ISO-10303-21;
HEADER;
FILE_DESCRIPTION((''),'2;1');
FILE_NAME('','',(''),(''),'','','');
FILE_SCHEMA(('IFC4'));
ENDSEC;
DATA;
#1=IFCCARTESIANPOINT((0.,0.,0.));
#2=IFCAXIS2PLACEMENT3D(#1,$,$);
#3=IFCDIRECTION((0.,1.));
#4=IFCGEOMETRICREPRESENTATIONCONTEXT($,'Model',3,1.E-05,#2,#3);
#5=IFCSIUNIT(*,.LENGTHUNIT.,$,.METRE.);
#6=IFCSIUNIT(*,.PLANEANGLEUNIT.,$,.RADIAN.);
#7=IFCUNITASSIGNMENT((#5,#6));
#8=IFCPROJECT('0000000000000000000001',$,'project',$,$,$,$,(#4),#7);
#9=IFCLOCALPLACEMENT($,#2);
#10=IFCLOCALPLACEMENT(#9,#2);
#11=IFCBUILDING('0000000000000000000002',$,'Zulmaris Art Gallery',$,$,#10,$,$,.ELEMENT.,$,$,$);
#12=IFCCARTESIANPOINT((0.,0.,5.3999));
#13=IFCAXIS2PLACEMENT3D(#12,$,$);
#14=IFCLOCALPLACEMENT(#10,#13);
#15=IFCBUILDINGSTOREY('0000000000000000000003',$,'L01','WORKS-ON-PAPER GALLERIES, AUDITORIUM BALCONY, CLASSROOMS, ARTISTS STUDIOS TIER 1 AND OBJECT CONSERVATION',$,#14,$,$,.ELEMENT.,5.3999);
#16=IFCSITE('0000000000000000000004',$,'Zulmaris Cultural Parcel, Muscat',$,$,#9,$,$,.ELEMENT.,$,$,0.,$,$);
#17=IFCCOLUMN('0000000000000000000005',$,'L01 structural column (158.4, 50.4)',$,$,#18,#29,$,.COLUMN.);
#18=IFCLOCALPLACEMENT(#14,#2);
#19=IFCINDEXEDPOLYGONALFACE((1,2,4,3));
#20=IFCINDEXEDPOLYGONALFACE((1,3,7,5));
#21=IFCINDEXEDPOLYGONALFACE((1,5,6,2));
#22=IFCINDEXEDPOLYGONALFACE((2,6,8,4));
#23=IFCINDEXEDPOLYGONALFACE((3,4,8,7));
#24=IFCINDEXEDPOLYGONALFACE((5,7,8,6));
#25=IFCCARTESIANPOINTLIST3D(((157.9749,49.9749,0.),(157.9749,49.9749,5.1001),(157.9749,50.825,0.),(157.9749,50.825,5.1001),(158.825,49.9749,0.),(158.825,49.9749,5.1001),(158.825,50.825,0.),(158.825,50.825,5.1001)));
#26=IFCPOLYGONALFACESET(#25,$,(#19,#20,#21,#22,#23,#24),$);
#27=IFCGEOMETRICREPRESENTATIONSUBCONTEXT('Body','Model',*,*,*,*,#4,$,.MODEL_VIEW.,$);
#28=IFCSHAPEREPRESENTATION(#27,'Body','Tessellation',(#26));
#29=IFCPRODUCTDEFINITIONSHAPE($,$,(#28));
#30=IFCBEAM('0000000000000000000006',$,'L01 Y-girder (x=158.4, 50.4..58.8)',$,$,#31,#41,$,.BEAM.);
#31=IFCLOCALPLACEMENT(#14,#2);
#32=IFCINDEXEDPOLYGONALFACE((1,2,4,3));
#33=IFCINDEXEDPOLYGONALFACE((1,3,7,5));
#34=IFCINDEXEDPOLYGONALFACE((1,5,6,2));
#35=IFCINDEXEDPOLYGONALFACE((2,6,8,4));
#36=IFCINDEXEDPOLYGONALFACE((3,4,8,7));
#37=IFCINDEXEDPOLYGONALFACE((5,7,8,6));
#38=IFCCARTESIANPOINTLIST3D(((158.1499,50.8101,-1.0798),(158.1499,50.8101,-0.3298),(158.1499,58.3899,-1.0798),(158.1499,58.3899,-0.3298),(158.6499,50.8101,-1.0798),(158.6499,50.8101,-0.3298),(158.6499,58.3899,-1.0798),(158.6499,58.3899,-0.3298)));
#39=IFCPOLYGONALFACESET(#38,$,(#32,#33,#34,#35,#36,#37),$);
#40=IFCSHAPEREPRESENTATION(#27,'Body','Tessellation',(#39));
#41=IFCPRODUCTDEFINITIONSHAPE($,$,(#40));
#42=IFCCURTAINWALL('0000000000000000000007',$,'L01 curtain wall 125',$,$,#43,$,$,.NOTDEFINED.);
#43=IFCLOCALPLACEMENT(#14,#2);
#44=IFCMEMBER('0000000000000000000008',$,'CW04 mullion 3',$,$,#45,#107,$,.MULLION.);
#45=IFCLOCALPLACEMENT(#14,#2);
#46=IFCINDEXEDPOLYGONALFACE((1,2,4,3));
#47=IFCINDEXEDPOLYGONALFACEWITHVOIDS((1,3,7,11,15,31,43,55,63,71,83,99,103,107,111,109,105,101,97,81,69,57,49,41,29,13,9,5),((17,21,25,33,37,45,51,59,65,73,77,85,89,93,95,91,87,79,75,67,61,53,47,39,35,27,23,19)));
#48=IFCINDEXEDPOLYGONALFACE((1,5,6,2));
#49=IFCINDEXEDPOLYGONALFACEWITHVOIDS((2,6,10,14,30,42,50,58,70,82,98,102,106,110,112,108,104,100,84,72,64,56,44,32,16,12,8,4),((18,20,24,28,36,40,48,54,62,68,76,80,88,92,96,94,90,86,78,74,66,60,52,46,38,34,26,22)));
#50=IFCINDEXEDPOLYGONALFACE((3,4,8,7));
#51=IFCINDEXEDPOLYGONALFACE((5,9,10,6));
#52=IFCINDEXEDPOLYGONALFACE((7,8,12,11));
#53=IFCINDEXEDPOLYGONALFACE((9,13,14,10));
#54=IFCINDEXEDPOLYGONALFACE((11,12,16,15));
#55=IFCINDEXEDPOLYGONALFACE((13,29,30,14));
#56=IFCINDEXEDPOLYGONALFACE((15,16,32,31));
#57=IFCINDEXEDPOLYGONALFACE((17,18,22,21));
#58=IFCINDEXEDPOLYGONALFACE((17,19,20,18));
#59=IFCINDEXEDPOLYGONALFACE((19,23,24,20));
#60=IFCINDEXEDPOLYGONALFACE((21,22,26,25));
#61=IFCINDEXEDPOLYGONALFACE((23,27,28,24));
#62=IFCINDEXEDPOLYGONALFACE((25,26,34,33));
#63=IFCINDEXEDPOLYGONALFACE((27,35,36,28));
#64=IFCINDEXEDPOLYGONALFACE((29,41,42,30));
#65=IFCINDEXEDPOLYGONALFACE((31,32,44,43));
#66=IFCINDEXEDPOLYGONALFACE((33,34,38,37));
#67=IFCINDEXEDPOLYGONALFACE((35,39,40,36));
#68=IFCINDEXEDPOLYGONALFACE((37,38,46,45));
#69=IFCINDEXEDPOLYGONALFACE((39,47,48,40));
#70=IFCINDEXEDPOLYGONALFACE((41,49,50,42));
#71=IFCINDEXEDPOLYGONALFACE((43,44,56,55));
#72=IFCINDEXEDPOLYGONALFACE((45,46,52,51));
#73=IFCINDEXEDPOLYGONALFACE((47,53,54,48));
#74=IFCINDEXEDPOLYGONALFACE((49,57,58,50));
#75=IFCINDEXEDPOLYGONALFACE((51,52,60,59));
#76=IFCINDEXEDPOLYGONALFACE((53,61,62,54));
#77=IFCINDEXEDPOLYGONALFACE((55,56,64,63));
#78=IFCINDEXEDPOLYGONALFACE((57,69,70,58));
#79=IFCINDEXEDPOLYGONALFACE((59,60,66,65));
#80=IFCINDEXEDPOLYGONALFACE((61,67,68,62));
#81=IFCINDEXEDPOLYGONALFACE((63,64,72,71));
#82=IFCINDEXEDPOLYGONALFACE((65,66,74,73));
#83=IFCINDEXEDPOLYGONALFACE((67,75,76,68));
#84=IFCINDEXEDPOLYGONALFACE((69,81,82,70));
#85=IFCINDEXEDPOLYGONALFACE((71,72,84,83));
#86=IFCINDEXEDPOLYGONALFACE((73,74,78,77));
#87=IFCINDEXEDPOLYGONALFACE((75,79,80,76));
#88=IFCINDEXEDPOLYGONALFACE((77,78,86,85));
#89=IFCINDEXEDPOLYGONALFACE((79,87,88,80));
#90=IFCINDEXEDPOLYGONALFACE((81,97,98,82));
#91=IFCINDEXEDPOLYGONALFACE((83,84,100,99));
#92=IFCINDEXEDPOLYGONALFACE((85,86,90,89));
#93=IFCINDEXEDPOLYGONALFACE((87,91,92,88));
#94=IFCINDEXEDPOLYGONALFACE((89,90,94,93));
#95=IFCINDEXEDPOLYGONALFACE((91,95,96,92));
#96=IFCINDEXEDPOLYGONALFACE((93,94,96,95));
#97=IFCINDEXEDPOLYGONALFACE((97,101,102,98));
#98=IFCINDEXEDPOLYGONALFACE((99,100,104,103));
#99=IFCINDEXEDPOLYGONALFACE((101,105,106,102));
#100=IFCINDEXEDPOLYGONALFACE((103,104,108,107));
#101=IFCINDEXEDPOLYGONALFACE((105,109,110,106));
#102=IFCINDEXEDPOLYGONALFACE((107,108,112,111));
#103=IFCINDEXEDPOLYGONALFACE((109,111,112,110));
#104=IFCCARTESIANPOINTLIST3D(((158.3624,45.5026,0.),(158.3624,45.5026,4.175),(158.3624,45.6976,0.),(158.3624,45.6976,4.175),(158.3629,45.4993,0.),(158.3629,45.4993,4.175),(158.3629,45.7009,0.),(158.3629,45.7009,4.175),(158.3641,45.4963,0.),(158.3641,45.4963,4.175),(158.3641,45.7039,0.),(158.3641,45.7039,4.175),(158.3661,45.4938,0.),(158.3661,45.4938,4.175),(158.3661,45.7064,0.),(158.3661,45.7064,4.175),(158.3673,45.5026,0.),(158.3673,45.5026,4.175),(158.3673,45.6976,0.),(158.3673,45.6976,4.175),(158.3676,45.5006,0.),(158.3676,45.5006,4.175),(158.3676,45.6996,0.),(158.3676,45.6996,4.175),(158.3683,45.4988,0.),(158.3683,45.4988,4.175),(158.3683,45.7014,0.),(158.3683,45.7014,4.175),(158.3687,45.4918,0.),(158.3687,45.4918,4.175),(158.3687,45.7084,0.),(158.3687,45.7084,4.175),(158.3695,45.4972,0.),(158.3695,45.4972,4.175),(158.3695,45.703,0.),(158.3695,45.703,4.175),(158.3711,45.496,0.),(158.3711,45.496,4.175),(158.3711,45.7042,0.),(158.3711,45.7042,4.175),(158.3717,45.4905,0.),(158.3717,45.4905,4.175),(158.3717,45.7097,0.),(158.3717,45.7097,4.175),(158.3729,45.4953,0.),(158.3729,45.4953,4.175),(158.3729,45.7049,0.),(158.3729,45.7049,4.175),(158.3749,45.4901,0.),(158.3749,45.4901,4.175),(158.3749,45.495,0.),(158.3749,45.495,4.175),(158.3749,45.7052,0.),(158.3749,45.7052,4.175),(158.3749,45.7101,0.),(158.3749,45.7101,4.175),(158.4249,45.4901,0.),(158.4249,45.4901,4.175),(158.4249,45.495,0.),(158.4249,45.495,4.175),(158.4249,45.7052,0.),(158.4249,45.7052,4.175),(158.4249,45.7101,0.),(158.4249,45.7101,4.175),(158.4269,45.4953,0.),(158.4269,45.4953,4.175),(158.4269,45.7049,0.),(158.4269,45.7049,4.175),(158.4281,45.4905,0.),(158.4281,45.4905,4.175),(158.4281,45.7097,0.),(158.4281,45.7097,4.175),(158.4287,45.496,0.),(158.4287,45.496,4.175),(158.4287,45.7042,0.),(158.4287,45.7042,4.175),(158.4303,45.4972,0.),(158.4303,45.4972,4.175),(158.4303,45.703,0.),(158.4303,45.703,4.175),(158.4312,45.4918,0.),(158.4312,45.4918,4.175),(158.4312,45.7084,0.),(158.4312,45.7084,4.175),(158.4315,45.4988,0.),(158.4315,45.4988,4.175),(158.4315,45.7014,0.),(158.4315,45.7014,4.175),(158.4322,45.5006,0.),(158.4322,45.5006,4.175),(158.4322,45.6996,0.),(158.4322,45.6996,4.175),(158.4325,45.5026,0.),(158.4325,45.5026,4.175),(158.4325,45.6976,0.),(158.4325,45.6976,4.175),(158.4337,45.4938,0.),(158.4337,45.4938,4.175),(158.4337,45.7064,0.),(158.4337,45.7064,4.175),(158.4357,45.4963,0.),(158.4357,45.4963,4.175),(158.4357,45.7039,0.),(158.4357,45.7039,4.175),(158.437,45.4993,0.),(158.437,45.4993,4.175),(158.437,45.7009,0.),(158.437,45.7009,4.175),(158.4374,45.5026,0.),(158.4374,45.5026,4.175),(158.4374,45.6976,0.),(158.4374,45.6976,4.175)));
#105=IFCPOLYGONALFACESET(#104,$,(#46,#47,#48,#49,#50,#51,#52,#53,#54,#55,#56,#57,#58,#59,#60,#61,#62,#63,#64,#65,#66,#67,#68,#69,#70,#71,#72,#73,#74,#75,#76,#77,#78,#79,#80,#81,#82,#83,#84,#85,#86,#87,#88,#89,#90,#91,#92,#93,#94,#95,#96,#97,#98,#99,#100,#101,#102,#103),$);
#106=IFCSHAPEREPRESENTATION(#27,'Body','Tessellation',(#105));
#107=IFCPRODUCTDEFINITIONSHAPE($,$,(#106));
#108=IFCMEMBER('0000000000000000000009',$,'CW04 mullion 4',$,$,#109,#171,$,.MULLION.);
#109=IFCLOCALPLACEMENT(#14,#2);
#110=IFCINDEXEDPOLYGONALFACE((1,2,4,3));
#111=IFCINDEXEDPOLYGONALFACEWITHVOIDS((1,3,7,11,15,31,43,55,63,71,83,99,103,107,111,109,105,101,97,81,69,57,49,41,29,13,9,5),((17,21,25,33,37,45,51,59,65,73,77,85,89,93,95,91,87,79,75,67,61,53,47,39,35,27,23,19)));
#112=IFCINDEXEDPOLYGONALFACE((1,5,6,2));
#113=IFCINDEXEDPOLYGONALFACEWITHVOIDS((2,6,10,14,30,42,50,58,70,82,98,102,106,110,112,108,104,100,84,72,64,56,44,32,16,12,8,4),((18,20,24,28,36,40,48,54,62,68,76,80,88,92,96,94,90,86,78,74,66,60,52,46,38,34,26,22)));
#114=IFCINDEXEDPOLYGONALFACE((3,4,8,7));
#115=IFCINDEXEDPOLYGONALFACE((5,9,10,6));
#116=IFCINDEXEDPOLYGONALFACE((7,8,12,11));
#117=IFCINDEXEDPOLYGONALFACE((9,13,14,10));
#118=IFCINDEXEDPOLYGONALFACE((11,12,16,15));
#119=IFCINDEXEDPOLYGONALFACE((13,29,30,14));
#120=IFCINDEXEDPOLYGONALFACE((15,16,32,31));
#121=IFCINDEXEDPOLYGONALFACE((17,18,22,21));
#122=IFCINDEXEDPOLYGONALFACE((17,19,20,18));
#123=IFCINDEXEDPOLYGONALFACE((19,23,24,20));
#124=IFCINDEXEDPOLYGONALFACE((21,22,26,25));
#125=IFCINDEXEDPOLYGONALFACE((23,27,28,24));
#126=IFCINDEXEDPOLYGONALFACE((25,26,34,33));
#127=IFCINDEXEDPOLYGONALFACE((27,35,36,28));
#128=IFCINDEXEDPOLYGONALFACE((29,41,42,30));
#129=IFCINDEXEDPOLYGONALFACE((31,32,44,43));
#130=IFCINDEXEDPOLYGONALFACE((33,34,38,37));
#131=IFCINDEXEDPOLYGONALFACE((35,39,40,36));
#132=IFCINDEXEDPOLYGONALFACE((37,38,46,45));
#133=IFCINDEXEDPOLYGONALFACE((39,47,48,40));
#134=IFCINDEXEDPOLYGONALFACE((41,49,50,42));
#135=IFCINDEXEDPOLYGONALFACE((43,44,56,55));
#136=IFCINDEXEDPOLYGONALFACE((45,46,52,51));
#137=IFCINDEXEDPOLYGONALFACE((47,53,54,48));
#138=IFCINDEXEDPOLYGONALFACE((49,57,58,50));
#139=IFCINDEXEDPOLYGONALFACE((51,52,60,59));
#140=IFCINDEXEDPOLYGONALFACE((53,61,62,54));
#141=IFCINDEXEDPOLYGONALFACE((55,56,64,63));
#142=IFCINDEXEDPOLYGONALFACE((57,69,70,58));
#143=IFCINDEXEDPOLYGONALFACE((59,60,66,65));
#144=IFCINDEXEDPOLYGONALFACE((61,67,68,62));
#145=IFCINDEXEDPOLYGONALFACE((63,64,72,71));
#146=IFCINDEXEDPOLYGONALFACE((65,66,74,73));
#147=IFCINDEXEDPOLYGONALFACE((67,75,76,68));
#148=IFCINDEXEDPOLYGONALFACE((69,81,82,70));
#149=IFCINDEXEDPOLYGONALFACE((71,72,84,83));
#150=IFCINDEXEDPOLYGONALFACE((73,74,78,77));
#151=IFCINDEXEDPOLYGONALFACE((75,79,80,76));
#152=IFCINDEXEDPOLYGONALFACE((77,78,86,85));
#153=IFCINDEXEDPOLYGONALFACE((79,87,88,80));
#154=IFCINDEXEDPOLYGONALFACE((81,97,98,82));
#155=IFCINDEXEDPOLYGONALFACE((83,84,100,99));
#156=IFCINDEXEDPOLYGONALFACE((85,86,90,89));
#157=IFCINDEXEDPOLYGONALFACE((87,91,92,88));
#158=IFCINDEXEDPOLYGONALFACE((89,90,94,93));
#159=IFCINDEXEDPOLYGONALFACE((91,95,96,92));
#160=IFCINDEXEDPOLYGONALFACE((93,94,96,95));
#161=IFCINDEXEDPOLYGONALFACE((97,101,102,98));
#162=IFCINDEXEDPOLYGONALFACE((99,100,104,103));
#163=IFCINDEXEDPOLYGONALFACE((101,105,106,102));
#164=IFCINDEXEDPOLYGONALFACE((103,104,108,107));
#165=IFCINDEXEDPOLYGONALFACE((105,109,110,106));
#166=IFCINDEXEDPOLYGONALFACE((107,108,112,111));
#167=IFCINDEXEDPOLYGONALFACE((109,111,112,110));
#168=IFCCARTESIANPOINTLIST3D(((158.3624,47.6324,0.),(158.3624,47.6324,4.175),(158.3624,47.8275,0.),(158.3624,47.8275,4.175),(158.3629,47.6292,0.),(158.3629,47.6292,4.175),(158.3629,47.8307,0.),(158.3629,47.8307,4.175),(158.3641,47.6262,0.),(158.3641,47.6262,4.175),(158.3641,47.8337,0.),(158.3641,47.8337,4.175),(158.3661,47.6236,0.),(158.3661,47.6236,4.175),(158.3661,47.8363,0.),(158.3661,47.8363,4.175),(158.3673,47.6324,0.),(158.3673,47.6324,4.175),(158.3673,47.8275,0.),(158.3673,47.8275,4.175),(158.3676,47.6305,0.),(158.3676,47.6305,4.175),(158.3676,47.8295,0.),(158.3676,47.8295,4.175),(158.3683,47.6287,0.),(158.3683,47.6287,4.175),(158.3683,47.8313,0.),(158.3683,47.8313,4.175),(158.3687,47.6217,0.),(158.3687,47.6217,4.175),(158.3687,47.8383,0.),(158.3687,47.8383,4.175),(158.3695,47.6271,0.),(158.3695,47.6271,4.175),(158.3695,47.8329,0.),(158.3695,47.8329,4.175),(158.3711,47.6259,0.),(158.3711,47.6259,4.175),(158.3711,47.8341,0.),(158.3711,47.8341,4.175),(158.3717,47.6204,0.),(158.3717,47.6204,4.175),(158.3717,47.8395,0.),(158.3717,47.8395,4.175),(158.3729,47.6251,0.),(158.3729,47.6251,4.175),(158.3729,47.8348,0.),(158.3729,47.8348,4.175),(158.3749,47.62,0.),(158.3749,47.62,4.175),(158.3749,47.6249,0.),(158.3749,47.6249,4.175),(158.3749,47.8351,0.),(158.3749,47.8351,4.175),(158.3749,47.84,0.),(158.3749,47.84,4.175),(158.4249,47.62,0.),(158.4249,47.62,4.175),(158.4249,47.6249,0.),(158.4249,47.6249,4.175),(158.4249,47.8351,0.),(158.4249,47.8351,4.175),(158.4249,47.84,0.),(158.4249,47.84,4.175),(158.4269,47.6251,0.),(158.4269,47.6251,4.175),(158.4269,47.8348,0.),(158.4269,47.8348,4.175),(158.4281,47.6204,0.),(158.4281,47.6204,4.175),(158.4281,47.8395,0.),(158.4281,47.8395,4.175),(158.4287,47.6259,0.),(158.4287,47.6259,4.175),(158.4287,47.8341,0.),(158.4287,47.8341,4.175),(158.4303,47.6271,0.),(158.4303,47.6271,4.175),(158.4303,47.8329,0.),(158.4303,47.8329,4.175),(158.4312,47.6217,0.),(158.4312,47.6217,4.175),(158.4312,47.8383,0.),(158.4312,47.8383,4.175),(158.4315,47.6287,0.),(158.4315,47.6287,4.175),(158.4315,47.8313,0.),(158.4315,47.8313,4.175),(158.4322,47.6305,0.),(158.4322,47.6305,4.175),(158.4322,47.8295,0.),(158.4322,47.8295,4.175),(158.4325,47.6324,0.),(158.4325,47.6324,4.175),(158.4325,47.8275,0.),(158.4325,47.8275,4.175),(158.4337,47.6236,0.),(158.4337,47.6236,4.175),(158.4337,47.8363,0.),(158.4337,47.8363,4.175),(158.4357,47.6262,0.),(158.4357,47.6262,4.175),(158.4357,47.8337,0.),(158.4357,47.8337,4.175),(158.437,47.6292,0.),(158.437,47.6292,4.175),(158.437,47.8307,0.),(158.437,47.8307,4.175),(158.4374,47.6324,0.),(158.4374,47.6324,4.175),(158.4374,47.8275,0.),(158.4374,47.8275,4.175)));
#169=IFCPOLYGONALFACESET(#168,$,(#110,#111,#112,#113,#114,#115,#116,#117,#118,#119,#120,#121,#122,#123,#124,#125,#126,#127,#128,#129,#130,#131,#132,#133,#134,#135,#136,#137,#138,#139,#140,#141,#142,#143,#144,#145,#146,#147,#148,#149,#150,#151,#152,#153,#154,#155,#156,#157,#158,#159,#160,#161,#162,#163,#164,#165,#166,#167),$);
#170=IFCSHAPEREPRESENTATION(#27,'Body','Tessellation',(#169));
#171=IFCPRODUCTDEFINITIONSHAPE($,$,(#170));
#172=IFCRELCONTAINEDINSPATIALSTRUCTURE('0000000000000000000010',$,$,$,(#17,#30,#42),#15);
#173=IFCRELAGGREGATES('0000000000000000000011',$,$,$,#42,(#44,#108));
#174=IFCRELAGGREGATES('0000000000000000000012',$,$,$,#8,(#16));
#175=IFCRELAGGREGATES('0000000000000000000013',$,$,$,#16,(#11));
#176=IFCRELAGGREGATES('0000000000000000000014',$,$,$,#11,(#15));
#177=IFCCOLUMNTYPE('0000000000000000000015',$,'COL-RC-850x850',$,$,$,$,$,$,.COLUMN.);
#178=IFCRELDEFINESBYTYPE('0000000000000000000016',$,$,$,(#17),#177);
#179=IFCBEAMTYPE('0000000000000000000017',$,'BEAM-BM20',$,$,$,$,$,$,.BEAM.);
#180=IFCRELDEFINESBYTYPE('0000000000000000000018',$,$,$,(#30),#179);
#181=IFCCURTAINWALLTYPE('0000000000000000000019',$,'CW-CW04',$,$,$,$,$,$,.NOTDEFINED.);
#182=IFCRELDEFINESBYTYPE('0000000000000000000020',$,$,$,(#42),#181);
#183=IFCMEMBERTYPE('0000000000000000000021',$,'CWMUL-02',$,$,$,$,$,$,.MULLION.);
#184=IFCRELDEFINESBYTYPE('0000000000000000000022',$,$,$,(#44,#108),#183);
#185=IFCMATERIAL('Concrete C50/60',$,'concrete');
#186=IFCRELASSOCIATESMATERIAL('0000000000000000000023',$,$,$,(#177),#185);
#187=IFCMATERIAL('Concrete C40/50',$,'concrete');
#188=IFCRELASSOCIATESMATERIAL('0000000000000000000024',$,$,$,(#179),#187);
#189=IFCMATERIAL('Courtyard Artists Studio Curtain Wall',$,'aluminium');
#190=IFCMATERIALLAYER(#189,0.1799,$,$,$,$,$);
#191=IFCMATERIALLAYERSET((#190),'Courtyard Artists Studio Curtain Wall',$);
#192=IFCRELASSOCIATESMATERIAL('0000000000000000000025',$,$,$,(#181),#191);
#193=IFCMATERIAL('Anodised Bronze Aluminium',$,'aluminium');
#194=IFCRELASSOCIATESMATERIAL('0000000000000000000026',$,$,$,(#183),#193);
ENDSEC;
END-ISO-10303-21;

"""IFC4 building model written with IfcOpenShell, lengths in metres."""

from ifc_helpers import new_model, si_unit, direction, frame, origin, origin_2d, place, context, subcontext, project, spatial, rectangle, hollow_rectangle, extrude, material, layer, layer_set, material_profile, profile_set, type_object, element, aggregate, save


model = new_model("IFC4")

# Units and contexts
model_context = context("Model", 3, precision=1e-05, world=origin(), true_north=direction((0.0, 1.0)))
body_context = subcontext(model_context, "Body", "Model", "MODEL_VIEW")
ifc_project = project(units=[si_unit("LENGTHUNIT", "METRE"), si_unit("PLANEANGLEUNIT", "RADIAN")], contexts=[model_context])

# Site, building, storey
site_placement = place(None, origin())
site = spatial("IfcSite", under=ifc_project, at=site_placement, Name="Zulmaris Cultural Parcel, Muscat", CompositionType="ELEMENT", RefElevation=0.0)
building_placement = place(site_placement, origin())
building = spatial("IfcBuilding", under=site, at=building_placement, Name="Zulmaris Art Gallery", CompositionType="ELEMENT")
storey_placement = place(building_placement, frame((0.0, 0.0, 5.3999)))
storey = spatial("IfcBuildingStorey", under=building, at=storey_placement, Name="L01", Description="WORKS-ON-PAPER GALLERIES, AUDITORIUM BALCONY, CLASSROOMS, ARTISTS STUDIOS TIER 1 AND OBJECT CONSERVATION", CompositionType="ELEMENT", Elevation=5.3999)

# Column
ifc_material_1 = material(Name="Concrete C50/60", Category="concrete")
ifc_material_profile_1 = material_profile(ifc_material_1, rectangle(XDim=0.8501, YDim=0.8501, at=origin_2d()), Name="RC 850x850")
ifc_profile_set_1 = profile_set([ifc_material_profile_1], Name="Concrete C50/60")
column_type = type_object("IfcColumnType", Name="COL-RC-850x850", PredefinedType="COLUMN", material=ifc_profile_set_1)
column_placement = place(storey_placement, frame((158.3999, 50.3999, 0.0), z_axis=(0.0, 0.0, 1.0), x_axis=(1.0, 0.0, 0.0)))
element("IfcColumn", 1, at=column_placement, inside=storey, type_object=column_type, Name="L01 structural column (158.4, 50.4)", PredefinedType="COLUMN", context=body_context, shape_type="SweptSolid", body=[
    extrude(rectangle(XDim=0.8501, YDim=0.8501, at=origin_2d()), origin(), (0.0, 0.0, 1.0), 5.1001),
])

# Beam
ifc_material_2 = material(Name="Concrete C40/50", Category="concrete")
ifc_material_profile_2 = material_profile(ifc_material_2, rectangle(XDim=0.5, YDim=0.75, at=origin_2d()), Name="RC 500x750")
ifc_profile_set_2 = profile_set([ifc_material_profile_2], Name="Concrete C40/50")
beam_type = type_object("IfcBeamType", Name="BEAM-BM20", PredefinedType="BEAM", material=ifc_profile_set_2)
beam_placement = place(storey_placement, frame((158.3999, 50.8101, -0.7048), z_axis=(0.0, 1.0, 0.0), x_axis=(-1.0, 0.0, 0.0)))
element("IfcBeam", 2, at=beam_placement, inside=storey, type_object=beam_type, Name="L01 Y-girder (x=158.4, 50.4..58.8)", PredefinedType="BEAM", context=body_context, shape_type="SweptSolid", body=[
    extrude(rectangle(XDim=0.5, YDim=0.75, at=origin_2d()), origin(), (0.0, 0.0, 1.0), 7.5798),
])

# Curtain wall, members
ifc_material_3 = material(Name="Courtyard Artists Studio Curtain Wall", Category="aluminium")
ifc_layer_1 = layer(ifc_material_3, 0.1799)
ifc_layer_set_1 = layer_set([ifc_layer_1], Name="Courtyard Artists Studio Curtain Wall")
curtain_wall_type = type_object("IfcCurtainWallType", Name="CW-CW04", PredefinedType="NOTDEFINED", material=ifc_layer_set_1)
curtain_wall_1_placement = place(storey_placement, origin())
curtain_wall_1 = element("IfcCurtainWall", 3, at=curtain_wall_1_placement, inside=storey, type_object=curtain_wall_type, Name="L01 curtain wall 125", PredefinedType="NOTDEFINED")
ifc_material_4 = material(Name="Anodised Bronze Aluminium", Category="aluminium")
ifc_material_profile_3 = material_profile(ifc_material_4, hollow_rectangle(XDim=0.075, YDim=0.22, WallThickness=0.0049, InnerFilletRadius=0.0076, OuterFilletRadius=0.0125, at=origin_2d()), Name="ALU 75x220x5")
ifc_profile_set_3 = profile_set([ifc_material_profile_3], Name="Anodised Bronze Aluminium")
member_type_1 = type_object("IfcMemberType", Name="CWMUL-02", PredefinedType="MULLION", material=ifc_profile_set_3)
member_1_placement = place(storey_placement, frame((158.3999, 45.6001, 0.0), z_axis=(0.0, 0.0, 1.0), x_axis=(-1.0, 0.0, 0.0)))
member_1 = element("IfcMember", 4, at=member_1_placement, type_object=member_type_1, Name="CW04 mullion 3", PredefinedType="MULLION", context=body_context, shape_type="SweptSolid", body=[
    extrude(hollow_rectangle(XDim=0.075, YDim=0.22, WallThickness=0.0049, InnerFilletRadius=0.0076, OuterFilletRadius=0.0125, at=origin_2d()), origin(), (0.0, 0.0, 1.0), 4.175),
])
member_2_placement = place(storey_placement, frame((158.3999, 47.73, 0.0), z_axis=(0.0, 0.0, 1.0), x_axis=(-1.0, 0.0, 0.0)))
member_2 = element("IfcMember", 5, at=member_2_placement, type_object=member_type_1, Name="CW04 mullion 4", PredefinedType="MULLION", context=body_context, shape_type="SweptSolid", body=[
    extrude(hollow_rectangle(XDim=0.075, YDim=0.22, WallThickness=0.0049, InnerFilletRadius=0.0076, OuterFilletRadius=0.0125, at=origin_2d()), origin(), (0.0, 0.0, 1.0), 4.175),
])

aggregate(curtain_wall_1, [member_1, member_2])

save(model, "model.ifc")
